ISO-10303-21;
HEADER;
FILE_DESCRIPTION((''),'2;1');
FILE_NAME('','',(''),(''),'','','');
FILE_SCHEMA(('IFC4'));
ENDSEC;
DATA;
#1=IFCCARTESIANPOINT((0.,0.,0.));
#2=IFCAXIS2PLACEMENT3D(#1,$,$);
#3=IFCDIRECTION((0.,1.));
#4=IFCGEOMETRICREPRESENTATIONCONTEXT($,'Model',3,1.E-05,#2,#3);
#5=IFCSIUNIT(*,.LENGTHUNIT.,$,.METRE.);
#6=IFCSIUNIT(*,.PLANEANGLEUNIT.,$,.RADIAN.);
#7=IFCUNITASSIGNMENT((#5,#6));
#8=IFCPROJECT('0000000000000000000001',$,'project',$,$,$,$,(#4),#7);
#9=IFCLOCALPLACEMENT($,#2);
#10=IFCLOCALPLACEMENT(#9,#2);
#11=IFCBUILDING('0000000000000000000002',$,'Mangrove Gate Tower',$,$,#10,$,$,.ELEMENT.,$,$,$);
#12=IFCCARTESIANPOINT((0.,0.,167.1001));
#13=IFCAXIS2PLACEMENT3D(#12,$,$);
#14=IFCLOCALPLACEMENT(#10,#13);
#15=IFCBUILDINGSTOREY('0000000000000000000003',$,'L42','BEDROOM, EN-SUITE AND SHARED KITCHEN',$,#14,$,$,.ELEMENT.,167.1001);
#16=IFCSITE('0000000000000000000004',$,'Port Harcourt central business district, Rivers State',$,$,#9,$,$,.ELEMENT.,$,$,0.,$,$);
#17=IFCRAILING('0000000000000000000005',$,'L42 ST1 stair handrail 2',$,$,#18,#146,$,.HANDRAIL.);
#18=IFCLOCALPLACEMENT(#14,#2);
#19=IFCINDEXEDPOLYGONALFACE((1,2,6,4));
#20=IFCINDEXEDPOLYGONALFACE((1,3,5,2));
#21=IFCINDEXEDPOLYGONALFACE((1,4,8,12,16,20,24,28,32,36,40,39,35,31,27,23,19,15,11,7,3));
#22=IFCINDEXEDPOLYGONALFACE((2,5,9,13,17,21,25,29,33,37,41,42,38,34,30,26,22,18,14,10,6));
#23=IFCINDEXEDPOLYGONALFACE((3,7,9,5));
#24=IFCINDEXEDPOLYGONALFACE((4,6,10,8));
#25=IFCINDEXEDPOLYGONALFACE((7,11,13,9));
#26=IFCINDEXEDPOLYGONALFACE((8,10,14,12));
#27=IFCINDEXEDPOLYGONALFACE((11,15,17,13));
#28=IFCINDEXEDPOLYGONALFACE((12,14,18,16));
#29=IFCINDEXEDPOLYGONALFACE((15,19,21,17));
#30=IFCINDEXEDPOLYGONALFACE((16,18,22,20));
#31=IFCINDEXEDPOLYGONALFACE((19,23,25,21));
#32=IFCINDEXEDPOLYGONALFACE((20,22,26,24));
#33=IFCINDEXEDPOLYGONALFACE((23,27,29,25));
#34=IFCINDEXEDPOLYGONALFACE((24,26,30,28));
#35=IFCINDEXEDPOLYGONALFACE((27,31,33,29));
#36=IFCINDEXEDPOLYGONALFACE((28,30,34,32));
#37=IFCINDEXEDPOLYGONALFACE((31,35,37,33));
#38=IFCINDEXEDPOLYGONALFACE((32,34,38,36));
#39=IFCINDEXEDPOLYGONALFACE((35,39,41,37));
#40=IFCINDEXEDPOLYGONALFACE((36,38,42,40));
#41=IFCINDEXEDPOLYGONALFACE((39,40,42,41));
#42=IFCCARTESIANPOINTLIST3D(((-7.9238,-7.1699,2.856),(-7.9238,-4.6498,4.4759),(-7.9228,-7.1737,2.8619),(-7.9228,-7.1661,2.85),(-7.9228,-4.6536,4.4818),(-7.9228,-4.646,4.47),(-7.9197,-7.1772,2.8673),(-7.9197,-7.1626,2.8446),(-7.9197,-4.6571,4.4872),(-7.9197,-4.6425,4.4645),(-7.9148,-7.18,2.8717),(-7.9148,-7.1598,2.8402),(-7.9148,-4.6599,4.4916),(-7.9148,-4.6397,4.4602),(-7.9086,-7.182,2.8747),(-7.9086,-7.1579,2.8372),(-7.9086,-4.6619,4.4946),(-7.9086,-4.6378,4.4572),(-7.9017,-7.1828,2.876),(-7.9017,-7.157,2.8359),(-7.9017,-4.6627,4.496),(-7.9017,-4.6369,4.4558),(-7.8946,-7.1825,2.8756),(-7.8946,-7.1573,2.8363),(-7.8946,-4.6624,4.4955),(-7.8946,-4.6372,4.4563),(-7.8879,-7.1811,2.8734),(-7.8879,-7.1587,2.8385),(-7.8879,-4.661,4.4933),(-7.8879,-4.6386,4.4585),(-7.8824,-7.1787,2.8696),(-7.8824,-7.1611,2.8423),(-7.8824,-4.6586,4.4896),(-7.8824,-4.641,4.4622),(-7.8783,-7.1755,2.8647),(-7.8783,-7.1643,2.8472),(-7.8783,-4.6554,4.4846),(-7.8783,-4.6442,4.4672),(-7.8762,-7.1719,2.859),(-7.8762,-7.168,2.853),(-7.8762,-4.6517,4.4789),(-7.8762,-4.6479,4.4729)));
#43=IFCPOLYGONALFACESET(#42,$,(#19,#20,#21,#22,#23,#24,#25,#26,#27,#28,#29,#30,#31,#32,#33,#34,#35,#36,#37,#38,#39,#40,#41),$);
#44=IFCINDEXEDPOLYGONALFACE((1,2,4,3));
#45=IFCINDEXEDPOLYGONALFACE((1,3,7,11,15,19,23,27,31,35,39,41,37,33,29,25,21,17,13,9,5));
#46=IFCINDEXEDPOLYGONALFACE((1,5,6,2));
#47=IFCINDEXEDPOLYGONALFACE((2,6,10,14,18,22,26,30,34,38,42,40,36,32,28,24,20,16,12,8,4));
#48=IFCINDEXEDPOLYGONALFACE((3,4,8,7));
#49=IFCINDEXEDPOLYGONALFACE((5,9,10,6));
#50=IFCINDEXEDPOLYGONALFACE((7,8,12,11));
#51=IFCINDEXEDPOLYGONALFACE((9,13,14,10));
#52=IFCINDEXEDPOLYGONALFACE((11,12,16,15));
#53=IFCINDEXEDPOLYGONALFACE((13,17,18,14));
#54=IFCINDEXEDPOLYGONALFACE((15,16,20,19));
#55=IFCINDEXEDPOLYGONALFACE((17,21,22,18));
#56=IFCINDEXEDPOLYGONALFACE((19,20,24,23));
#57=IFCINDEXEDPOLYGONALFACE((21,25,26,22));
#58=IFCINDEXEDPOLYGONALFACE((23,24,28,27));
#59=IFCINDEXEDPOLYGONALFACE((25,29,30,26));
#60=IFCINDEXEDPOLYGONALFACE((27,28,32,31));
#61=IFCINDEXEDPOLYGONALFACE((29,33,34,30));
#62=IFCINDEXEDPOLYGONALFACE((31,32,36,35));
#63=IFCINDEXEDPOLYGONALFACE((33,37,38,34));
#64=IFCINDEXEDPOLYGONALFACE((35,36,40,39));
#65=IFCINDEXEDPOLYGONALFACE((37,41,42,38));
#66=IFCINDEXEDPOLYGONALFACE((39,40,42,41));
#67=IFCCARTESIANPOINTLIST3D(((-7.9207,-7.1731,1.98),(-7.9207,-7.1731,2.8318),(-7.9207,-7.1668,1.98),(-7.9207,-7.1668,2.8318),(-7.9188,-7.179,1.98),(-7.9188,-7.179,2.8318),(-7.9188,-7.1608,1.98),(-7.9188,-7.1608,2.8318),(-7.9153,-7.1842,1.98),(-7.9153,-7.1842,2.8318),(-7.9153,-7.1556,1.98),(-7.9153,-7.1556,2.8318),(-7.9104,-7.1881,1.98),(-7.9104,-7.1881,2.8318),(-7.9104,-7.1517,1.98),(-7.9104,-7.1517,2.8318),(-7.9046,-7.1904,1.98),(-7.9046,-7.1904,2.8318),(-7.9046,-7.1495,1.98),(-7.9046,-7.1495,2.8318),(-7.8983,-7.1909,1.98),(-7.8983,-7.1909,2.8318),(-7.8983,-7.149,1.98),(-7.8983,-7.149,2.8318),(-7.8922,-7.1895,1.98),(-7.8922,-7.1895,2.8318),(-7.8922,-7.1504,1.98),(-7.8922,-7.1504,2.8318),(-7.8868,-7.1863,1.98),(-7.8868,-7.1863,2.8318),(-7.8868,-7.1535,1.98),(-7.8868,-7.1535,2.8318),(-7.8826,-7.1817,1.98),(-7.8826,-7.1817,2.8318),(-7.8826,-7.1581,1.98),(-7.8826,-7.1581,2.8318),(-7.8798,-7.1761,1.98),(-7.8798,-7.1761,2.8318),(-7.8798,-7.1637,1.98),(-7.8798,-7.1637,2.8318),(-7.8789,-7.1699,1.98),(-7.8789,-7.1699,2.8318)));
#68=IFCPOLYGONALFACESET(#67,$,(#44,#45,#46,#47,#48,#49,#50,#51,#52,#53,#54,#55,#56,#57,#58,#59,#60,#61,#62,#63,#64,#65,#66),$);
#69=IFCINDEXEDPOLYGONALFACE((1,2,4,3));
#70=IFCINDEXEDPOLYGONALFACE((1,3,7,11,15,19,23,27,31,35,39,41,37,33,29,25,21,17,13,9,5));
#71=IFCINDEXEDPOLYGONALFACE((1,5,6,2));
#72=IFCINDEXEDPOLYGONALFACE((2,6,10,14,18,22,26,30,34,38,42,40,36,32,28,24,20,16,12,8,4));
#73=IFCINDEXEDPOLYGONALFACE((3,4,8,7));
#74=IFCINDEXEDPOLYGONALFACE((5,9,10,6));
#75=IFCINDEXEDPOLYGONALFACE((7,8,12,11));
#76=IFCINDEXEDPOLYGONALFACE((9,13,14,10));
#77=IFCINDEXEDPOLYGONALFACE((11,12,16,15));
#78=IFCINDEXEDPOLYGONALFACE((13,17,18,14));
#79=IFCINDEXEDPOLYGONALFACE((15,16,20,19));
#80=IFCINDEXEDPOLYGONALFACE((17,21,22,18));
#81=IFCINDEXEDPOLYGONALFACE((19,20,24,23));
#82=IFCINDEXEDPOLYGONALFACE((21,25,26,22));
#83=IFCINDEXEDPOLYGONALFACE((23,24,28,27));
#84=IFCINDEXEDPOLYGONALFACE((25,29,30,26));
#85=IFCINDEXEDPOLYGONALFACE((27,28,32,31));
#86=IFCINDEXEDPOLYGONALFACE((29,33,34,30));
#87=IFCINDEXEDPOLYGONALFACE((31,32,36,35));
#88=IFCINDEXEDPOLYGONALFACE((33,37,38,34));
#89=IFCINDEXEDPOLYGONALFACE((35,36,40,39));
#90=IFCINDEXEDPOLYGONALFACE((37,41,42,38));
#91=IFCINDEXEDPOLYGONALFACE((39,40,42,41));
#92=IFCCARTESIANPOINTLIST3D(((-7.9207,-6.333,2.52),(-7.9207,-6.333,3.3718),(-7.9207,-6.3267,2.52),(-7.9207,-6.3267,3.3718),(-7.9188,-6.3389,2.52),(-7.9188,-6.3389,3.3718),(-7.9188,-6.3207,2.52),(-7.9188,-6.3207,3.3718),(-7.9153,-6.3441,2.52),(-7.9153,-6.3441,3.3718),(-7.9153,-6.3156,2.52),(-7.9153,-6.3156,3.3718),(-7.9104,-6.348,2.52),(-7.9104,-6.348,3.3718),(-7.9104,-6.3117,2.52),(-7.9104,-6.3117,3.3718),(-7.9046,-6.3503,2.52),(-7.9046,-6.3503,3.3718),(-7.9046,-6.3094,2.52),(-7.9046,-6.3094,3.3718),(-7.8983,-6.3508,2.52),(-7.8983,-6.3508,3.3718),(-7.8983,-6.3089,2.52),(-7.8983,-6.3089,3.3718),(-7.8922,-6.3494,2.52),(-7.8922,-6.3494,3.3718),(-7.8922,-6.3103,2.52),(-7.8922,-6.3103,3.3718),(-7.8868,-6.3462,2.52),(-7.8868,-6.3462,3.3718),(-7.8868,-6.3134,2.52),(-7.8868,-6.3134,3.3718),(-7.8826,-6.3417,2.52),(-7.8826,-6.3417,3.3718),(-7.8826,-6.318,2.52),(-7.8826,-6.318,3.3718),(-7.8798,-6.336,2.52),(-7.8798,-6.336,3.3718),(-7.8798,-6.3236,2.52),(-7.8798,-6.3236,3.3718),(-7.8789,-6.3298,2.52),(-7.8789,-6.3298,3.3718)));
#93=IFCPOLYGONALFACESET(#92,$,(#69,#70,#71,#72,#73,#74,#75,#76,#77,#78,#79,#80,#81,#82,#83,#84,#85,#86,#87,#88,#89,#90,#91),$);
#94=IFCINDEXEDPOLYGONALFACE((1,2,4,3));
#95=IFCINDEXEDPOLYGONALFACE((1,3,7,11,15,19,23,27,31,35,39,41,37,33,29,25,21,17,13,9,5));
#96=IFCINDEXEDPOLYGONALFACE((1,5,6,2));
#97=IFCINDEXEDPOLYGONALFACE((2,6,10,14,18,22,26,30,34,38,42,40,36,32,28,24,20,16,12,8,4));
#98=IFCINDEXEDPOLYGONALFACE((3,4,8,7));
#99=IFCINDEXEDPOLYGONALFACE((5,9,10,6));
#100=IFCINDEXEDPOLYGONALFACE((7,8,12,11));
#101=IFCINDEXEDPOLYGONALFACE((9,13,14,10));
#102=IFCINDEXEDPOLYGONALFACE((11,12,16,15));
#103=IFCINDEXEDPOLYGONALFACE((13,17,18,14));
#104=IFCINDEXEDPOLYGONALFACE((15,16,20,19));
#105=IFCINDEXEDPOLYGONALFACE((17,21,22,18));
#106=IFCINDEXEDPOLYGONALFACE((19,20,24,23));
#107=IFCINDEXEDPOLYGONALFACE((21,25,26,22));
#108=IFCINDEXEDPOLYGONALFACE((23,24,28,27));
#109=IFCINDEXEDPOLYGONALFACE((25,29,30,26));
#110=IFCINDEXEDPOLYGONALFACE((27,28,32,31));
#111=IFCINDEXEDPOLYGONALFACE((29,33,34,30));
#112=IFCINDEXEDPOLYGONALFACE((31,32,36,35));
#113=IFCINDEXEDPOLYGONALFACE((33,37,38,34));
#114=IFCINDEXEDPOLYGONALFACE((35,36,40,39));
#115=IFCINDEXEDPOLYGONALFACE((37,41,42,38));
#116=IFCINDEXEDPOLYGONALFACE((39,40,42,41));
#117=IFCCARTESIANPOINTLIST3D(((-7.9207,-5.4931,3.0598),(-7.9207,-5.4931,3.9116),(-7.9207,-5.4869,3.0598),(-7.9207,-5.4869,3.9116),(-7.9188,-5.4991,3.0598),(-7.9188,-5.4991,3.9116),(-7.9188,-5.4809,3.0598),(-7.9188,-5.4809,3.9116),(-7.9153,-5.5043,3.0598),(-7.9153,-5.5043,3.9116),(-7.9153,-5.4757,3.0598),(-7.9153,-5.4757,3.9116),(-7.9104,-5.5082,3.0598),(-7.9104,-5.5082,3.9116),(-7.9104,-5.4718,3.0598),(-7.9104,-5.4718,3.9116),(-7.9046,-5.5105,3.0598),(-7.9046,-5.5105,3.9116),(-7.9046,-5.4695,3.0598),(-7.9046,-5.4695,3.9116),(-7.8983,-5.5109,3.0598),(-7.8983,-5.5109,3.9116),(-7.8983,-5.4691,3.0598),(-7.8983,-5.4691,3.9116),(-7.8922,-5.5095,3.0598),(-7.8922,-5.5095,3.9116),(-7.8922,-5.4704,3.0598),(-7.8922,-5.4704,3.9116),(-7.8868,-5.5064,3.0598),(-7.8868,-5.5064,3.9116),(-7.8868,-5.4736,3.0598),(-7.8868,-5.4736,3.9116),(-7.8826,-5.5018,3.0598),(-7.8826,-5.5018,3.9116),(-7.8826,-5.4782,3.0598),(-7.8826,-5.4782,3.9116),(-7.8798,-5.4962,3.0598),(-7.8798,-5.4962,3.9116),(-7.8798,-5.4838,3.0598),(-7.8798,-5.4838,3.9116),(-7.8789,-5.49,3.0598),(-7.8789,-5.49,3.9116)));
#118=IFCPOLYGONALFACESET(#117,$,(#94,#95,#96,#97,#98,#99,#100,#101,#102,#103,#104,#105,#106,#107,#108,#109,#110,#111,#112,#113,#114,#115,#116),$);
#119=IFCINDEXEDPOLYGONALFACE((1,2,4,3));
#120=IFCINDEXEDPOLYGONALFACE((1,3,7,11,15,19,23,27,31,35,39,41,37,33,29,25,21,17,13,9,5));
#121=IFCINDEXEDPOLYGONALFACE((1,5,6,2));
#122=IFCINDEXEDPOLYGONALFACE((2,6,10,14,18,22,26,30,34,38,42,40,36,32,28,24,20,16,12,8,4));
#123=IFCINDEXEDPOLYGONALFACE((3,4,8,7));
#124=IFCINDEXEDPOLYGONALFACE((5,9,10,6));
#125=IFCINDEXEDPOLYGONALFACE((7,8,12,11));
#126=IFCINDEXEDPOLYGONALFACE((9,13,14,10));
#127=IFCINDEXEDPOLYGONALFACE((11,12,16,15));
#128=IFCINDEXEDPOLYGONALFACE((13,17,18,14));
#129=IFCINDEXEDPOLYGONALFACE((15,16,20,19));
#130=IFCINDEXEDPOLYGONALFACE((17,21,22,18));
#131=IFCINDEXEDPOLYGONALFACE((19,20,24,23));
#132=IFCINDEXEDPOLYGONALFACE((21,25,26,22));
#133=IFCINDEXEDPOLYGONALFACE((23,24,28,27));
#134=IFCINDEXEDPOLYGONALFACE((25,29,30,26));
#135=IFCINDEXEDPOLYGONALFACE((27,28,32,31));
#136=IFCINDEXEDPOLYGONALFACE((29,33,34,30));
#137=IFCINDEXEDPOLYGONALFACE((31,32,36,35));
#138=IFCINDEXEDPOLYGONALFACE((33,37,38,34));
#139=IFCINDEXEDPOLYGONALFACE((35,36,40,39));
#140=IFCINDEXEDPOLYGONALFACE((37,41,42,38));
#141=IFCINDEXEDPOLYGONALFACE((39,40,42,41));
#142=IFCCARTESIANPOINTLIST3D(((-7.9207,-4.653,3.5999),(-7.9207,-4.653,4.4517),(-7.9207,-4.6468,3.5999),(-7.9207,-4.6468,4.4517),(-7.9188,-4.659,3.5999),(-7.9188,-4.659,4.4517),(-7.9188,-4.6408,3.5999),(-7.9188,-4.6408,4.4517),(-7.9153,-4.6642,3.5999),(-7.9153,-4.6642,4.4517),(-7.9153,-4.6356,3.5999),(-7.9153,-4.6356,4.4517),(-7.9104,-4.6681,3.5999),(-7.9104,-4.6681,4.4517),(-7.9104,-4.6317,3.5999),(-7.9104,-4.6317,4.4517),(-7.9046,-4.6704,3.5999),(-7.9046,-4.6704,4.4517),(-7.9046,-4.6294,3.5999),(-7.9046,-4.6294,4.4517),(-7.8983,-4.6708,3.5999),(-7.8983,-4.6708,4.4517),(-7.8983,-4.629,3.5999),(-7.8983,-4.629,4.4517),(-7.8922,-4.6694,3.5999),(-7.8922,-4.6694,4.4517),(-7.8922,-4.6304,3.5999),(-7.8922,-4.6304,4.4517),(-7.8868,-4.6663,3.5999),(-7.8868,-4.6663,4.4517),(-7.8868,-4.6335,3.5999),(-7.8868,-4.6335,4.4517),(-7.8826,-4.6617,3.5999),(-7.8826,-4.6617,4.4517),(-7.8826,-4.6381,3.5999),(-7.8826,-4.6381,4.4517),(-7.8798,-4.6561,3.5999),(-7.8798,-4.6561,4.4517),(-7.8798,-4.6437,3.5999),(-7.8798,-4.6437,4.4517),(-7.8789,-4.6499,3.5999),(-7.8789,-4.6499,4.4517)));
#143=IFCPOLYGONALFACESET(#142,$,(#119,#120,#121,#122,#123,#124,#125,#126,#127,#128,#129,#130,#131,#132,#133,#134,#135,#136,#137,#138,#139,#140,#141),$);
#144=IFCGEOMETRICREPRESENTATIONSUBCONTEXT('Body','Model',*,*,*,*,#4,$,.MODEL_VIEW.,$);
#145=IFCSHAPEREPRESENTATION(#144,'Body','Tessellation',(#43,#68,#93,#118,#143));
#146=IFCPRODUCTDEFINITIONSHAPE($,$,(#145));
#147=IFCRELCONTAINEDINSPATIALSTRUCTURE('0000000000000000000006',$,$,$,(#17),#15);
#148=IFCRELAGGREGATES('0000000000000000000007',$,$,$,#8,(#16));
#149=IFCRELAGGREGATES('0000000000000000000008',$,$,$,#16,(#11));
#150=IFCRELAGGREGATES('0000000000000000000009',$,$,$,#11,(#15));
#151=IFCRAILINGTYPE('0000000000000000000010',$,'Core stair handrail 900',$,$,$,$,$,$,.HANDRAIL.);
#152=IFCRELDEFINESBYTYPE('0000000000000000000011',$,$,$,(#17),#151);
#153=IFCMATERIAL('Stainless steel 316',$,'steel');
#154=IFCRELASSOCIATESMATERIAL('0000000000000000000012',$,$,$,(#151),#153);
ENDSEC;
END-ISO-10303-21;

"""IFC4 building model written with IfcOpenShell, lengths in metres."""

from ifc_helpers import new_model, si_unit, direction, frame, origin, origin_2d, place, context, subcontext, project, spatial, circle, extrude, material, type_object, element, save


model = new_model("IFC4")

# Units and contexts
model_context = context("Model", 3, precision=1e-05, world=origin(), true_north=direction((0.0, 1.0)))
body_context = subcontext(model_context, "Body", "Model", "MODEL_VIEW")
ifc_project = project(units=[si_unit("LENGTHUNIT", "METRE"), si_unit("PLANEANGLEUNIT", "RADIAN")], contexts=[model_context])

# Site, building, storey
site_placement = place(None, origin())
site = spatial("IfcSite", under=ifc_project, at=site_placement, Name="Port Harcourt central business district, Rivers State", CompositionType="ELEMENT", RefElevation=0.0)
building_placement = place(site_placement, origin())
building = spatial("IfcBuilding", under=site, at=building_placement, Name="Mangrove Gate Tower", CompositionType="ELEMENT")
storey_placement = place(building_placement, frame((0.0, 0.0, 167.1001)))
storey = spatial("IfcBuildingStorey", under=building, at=storey_placement, Name="L42", Description="BEDROOM, EN-SUITE AND SHARED KITCHEN", CompositionType="ELEMENT", Elevation=167.1001)

# Railing
ifc_material_1 = material(Name="Stainless steel 316", Category="steel")
railing_type_1 = type_object("IfcRailingType", Name="Core stair handrail 900", PredefinedType="HANDRAIL", material=ifc_material_1)
railing_1_placement = place(storey_placement, frame((-7.8999, -7.1699, 1.98)))
element("IfcRailing", 1, at=railing_1_placement, inside=storey, type_object=railing_type_1, Name="L42 ST1 stair handrail 2", PredefinedType="HANDRAIL", context=body_context, shape_type="SweptSolid", body=[
    extrude(circle(Radius=0.0239, at=origin_2d()), frame((0.0, 0.0, 0.876), z_axis=(0.0, 0.8412, 0.540725), x_axis=(-1.0, 0.0, 0.0)), (0.0, 0.0, 1.0), 2.9958),
    extrude(circle(Radius=0.021, at=origin_2d()), origin(), (0.0, 0.0, 1.0), 0.8518),
    extrude(circle(Radius=0.021, at=origin_2d()), frame((0.0, 0.8401, 0.54)), (0.0, 0.0, 1.0), 0.8518),
    extrude(circle(Radius=0.021, at=origin_2d()), frame((0.0, 1.6799, 1.0798)), (0.0, 0.0, 1.0), 0.8518),
    extrude(circle(Radius=0.021, at=origin_2d()), frame((0.0, 2.52, 1.6199)), (0.0, 0.0, 1.0), 0.8518),
])

save(model, "model.ifc")
